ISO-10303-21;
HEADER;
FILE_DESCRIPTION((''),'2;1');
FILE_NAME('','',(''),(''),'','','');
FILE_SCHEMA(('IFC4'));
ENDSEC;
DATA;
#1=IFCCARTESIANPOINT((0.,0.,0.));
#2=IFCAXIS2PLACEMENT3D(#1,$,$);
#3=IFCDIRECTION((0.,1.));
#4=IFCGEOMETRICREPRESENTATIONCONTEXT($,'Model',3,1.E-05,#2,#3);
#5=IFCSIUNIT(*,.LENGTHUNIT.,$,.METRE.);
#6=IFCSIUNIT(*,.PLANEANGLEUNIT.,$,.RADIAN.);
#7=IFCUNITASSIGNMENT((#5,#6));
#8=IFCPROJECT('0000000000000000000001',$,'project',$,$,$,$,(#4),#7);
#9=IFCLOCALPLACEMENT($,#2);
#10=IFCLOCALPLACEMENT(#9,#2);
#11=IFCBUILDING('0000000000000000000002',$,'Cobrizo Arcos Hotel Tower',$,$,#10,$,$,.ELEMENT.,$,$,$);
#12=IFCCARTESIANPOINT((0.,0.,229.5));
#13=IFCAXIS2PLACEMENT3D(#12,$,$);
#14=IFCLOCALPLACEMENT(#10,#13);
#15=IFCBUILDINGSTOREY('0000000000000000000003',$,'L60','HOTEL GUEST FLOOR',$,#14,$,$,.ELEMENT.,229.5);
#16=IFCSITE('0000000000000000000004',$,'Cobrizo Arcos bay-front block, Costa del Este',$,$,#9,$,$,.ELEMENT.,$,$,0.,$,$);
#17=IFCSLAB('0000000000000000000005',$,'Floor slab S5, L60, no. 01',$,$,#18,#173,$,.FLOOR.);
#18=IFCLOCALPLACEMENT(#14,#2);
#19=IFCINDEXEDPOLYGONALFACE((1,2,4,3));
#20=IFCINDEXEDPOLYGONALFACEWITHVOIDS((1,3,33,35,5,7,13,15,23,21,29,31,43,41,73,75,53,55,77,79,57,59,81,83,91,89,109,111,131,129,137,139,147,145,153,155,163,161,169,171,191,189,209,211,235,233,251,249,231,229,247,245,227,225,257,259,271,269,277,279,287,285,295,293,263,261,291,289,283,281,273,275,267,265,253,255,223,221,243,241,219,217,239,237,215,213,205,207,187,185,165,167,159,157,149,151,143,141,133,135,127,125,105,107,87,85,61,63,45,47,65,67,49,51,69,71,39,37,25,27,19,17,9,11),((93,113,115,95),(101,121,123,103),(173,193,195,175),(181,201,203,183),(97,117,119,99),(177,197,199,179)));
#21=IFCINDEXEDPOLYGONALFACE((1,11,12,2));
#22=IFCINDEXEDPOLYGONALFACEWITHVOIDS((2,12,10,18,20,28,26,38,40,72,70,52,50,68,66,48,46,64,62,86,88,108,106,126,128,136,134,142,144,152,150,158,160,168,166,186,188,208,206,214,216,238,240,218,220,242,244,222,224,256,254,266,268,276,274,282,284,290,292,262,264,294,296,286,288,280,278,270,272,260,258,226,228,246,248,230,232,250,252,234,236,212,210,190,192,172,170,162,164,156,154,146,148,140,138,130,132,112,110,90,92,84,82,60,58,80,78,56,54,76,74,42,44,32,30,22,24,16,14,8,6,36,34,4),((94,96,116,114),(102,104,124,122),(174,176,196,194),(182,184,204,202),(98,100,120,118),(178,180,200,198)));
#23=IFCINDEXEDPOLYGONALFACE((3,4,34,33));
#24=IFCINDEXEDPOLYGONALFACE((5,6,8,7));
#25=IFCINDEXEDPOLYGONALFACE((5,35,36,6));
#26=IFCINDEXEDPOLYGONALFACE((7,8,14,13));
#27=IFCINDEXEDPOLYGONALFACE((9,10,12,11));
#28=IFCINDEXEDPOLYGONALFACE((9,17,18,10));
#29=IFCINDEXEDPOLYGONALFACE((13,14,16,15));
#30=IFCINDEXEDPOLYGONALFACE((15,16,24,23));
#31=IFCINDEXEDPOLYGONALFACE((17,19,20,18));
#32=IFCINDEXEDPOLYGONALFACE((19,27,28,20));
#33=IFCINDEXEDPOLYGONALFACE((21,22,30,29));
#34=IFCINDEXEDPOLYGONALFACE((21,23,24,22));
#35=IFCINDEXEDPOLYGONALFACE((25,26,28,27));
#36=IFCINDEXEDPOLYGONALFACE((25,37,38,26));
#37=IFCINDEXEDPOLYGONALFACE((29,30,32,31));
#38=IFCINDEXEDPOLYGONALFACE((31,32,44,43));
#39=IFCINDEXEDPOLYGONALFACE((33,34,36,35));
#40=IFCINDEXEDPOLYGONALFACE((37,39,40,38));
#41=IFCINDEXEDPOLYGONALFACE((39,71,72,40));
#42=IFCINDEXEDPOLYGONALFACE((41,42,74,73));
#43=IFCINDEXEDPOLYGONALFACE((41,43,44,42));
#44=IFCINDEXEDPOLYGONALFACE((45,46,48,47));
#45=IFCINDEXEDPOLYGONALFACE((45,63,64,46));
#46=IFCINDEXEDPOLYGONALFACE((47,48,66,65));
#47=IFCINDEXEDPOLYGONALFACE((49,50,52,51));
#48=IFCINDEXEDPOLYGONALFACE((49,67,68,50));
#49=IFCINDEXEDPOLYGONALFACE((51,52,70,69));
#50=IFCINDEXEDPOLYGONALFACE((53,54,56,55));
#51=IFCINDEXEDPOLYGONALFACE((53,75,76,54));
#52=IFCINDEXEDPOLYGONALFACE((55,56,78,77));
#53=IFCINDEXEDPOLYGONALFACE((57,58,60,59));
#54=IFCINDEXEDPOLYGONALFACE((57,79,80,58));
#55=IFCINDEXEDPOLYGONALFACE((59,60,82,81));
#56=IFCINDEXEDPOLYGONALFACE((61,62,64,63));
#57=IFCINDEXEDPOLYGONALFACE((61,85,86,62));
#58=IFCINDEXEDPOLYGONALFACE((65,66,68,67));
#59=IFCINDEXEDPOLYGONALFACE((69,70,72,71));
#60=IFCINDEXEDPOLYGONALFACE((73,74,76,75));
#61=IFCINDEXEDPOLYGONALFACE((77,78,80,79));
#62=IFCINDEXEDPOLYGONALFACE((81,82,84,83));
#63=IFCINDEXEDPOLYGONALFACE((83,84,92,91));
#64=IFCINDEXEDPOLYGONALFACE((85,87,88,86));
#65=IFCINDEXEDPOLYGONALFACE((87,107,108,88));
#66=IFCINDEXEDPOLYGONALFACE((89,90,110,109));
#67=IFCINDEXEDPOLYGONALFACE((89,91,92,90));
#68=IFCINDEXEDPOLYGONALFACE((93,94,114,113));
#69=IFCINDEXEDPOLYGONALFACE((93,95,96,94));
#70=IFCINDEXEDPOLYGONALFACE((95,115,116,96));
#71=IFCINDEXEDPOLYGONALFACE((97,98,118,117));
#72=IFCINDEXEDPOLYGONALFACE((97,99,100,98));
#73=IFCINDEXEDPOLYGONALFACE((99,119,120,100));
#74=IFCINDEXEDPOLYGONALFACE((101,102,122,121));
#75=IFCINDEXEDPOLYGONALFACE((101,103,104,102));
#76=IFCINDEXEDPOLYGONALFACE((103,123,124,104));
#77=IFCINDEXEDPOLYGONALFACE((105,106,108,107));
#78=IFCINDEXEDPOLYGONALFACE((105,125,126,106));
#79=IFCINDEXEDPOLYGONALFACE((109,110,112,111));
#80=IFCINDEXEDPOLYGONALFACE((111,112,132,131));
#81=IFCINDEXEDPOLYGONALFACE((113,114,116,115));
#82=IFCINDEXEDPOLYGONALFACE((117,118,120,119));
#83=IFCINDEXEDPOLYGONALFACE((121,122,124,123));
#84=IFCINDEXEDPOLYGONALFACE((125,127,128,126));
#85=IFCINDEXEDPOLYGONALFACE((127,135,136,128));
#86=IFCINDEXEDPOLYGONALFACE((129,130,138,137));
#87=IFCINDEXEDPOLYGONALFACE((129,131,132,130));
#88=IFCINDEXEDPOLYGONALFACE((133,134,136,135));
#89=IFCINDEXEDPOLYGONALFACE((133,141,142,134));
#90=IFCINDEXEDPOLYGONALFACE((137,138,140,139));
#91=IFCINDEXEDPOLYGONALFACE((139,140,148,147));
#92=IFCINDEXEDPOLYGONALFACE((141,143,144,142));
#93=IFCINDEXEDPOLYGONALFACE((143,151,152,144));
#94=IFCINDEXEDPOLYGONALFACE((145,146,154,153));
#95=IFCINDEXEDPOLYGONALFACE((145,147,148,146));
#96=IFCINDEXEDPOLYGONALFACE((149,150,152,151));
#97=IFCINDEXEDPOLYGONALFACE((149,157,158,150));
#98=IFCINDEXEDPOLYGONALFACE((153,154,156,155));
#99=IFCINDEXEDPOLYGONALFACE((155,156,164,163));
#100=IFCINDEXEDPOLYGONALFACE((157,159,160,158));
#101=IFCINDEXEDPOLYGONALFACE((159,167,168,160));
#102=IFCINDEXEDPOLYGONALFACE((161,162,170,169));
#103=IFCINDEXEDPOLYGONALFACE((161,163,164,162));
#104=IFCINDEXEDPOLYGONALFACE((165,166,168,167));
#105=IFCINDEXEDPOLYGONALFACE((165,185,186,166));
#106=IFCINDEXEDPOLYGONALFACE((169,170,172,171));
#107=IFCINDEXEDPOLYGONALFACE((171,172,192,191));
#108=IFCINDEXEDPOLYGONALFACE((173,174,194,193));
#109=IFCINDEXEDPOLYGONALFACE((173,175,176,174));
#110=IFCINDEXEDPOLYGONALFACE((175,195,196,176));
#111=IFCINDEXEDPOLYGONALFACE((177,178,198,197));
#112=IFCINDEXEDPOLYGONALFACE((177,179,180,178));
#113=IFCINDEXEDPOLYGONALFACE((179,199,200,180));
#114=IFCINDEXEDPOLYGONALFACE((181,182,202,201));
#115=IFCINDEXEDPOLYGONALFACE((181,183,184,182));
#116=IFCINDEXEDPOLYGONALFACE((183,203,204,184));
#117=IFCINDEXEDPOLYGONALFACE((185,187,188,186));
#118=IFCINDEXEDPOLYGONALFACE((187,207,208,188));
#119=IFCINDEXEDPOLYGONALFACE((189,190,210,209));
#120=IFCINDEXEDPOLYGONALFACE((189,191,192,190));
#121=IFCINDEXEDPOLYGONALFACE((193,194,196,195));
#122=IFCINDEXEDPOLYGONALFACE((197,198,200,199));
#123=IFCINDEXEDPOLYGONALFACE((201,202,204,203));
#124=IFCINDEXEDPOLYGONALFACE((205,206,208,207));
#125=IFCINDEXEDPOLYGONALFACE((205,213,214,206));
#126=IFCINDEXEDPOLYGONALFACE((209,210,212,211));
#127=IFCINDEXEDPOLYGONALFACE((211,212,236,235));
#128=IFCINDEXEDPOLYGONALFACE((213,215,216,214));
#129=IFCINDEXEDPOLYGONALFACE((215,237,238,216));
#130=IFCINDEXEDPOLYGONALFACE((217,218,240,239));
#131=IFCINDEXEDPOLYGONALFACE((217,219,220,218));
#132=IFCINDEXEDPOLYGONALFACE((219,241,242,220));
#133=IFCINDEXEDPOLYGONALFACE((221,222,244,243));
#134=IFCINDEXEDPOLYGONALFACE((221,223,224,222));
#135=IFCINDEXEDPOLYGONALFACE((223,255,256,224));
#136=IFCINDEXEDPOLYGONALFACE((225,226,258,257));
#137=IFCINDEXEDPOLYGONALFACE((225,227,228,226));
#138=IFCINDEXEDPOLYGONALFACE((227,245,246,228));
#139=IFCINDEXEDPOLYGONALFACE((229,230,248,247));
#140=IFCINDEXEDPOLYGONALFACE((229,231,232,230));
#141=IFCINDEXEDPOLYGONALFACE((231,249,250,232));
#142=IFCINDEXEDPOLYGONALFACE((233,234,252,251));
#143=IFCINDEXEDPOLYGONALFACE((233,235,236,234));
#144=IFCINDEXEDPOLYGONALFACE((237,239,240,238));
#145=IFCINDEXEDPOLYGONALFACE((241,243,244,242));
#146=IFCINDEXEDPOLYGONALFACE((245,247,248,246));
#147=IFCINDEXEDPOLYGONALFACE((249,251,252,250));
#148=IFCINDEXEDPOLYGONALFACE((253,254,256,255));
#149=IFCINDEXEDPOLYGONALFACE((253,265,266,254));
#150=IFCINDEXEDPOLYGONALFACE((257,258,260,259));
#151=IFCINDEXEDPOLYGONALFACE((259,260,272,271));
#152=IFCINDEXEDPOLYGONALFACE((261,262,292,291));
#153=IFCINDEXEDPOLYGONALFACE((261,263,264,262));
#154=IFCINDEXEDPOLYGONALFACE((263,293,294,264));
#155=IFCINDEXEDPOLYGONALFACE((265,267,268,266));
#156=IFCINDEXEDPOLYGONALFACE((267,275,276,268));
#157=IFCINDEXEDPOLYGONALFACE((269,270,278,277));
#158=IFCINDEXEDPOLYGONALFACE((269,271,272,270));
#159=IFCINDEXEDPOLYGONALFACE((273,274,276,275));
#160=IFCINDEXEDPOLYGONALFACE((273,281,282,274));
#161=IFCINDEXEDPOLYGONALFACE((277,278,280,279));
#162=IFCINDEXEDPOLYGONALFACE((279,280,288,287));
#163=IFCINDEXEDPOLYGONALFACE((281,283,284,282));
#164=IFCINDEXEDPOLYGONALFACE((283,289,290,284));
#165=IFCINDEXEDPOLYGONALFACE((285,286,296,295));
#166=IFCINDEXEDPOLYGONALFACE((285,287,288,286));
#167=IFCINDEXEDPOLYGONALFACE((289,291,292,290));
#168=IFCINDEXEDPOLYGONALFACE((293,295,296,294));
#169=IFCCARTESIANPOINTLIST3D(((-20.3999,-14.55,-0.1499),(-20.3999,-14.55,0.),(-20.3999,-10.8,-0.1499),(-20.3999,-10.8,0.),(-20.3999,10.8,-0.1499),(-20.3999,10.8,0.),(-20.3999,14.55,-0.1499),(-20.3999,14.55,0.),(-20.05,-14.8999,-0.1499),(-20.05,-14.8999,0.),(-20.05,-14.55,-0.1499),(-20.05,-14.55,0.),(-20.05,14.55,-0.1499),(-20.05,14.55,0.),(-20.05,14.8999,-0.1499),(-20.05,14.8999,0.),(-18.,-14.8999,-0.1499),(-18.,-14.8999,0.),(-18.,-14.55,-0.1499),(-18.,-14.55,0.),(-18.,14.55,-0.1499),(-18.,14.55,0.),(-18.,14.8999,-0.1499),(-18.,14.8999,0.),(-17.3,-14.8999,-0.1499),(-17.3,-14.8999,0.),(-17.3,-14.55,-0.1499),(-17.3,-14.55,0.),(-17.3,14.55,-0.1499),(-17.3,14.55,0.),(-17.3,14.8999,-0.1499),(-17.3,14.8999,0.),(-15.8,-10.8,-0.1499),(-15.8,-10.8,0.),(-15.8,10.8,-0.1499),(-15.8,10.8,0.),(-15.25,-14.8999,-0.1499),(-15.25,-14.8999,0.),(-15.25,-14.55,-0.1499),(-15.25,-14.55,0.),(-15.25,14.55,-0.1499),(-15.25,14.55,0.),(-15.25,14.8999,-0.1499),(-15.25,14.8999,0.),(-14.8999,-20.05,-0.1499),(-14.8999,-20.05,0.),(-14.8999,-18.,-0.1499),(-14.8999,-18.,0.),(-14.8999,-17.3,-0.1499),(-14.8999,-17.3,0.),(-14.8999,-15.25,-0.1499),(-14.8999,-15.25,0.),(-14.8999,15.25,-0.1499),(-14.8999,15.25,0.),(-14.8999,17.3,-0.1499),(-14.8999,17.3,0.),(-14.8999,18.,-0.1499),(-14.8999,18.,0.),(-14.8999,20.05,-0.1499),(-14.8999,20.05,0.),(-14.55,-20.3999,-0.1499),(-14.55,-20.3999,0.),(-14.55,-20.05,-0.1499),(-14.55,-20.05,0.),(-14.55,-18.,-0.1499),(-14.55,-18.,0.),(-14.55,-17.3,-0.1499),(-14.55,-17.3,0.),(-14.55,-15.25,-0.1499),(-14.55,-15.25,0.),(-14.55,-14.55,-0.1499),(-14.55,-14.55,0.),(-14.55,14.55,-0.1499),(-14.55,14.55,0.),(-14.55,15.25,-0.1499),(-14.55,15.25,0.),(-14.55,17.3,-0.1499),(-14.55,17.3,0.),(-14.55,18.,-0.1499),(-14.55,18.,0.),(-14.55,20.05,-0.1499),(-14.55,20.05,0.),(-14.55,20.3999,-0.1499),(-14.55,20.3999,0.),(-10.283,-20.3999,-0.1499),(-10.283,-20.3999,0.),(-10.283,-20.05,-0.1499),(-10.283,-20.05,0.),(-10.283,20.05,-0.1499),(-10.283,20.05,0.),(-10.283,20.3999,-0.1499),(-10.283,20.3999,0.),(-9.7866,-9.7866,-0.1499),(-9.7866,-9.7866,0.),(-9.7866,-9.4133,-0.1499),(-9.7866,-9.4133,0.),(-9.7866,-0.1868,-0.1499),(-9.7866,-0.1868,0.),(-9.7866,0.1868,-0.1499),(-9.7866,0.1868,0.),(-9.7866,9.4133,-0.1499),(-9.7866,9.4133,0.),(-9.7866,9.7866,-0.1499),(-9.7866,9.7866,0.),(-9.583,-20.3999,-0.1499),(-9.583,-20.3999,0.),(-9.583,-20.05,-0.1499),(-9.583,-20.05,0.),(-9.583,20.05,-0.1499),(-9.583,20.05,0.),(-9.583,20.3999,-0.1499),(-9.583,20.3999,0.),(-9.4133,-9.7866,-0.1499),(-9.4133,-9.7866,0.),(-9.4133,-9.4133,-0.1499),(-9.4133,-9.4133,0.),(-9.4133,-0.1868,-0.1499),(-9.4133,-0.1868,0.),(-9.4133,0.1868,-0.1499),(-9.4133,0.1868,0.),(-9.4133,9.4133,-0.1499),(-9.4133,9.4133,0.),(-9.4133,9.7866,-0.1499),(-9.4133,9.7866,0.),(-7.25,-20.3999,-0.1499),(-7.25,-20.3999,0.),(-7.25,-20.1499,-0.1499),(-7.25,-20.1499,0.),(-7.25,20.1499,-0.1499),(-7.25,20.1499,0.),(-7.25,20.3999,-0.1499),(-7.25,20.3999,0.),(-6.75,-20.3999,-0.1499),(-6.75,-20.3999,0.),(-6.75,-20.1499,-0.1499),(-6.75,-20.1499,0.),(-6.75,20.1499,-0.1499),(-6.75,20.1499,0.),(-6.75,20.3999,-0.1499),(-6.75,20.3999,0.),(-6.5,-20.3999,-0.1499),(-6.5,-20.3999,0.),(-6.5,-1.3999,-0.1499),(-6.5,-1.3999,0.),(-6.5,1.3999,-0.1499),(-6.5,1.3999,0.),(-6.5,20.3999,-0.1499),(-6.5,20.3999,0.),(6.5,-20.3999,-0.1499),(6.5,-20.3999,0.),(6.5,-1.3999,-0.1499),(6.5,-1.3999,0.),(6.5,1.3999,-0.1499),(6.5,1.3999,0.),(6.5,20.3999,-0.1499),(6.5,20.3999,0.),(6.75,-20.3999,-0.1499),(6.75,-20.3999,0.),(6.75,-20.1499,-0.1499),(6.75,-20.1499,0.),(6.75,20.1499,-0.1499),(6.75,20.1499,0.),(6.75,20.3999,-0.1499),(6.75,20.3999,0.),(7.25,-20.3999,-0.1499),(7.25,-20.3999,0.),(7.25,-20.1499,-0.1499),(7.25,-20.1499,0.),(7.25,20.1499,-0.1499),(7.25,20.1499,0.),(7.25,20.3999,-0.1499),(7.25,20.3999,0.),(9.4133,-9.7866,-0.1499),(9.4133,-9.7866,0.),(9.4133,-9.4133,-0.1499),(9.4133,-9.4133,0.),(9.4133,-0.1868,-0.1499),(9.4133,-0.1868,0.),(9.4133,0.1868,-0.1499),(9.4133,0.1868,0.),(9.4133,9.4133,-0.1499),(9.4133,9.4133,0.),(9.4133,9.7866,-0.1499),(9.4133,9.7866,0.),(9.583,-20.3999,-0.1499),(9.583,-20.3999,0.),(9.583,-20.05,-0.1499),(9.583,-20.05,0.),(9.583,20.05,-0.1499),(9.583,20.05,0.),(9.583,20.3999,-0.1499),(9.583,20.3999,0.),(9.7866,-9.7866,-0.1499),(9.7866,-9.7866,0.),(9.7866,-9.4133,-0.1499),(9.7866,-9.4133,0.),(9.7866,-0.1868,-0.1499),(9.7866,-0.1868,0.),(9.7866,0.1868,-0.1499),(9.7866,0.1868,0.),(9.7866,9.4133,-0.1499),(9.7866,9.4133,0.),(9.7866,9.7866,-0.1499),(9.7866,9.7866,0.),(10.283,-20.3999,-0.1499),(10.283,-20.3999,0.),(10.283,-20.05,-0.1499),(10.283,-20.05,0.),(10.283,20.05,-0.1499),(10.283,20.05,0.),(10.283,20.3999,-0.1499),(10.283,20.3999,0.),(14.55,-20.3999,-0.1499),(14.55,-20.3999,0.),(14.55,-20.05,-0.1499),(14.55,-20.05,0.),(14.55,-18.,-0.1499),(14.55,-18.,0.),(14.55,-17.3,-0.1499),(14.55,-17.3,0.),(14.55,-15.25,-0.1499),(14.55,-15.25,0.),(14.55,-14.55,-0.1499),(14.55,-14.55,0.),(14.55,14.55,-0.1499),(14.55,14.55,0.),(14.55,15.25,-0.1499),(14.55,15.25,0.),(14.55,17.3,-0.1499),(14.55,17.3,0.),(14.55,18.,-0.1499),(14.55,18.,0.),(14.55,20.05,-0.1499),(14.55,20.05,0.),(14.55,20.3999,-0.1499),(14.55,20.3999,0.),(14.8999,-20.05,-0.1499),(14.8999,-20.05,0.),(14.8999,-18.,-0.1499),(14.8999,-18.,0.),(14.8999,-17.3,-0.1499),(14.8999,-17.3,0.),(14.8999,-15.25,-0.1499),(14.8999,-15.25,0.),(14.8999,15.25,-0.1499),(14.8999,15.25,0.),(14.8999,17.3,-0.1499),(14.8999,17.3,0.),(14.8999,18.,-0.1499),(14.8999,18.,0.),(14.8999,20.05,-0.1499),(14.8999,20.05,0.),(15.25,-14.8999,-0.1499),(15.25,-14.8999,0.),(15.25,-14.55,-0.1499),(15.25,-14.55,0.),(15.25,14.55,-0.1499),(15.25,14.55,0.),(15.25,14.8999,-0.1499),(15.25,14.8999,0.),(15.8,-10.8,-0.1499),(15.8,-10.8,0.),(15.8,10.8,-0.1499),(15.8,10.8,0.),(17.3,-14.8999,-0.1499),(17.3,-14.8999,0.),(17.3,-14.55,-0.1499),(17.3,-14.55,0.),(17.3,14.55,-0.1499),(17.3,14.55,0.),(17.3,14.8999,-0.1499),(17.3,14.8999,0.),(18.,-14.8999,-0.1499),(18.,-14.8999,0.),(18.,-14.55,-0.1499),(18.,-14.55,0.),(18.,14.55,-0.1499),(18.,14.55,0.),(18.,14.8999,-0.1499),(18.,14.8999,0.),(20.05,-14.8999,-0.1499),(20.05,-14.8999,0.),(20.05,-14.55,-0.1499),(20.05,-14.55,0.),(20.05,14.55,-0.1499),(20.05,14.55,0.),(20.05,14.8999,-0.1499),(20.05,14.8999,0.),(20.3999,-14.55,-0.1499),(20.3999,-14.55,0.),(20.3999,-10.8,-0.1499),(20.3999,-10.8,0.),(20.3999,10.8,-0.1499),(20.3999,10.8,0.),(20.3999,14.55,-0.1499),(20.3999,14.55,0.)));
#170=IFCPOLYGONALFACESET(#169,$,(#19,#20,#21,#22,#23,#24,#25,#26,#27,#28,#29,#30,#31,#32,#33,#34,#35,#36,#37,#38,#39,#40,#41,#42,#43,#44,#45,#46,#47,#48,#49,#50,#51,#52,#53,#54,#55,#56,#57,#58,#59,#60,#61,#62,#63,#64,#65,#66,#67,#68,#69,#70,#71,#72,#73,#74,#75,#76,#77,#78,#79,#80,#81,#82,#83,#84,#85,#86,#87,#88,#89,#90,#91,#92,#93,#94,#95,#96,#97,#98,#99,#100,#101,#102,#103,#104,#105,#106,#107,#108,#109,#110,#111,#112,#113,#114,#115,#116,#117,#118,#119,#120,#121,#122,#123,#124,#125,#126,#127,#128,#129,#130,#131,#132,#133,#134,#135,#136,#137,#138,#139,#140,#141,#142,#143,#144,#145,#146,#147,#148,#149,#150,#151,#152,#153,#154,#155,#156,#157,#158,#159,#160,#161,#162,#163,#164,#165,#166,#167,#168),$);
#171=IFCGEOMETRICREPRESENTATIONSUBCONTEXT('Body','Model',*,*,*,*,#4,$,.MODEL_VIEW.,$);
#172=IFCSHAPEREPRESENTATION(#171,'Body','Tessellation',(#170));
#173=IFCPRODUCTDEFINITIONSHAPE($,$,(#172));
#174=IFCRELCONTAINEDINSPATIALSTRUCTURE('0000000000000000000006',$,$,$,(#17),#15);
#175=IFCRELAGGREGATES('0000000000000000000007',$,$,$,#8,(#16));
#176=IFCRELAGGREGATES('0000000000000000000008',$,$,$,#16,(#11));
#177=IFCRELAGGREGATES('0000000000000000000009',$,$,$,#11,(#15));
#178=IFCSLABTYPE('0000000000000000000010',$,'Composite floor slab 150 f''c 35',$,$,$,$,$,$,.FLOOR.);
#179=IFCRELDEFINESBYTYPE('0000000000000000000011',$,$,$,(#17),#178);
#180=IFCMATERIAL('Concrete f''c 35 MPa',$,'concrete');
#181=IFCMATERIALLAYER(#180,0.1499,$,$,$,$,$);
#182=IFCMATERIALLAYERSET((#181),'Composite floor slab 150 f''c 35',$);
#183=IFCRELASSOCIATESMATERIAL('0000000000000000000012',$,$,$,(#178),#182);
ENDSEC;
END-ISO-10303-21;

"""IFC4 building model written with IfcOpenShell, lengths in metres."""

from ifc_helpers import new_model, si_unit, direction, frame, origin, place, context, subcontext, project, spatial, polyline, outline, extrude, material, layer, layer_set, type_object, element, save


model = new_model("IFC4")

# Units and contexts
model_context = context("Model", 3, precision=1e-05, world=origin(), true_north=direction((0.0, 1.0)))
body_context = subcontext(model_context, "Body", "Model", "MODEL_VIEW")
ifc_project = project(units=[si_unit("LENGTHUNIT", "METRE"), si_unit("PLANEANGLEUNIT", "RADIAN")], contexts=[model_context])

# Site, building, storey
site_placement = place(None, origin())
site = spatial("IfcSite", under=ifc_project, at=site_placement, Name="Cobrizo Arcos bay-front block, Costa del Este", CompositionType="ELEMENT", RefElevation=0.0)
building_placement = place(site_placement, origin())
building = spatial("IfcBuilding", under=site, at=building_placement, Name="Cobrizo Arcos Hotel Tower", CompositionType="ELEMENT")
storey_placement = place(building_placement, frame((0.0, 0.0, 229.5)))
storey = spatial("IfcBuildingStorey", under=building, at=storey_placement, Name="L60", Description="HOTEL GUEST FLOOR", CompositionType="ELEMENT", Elevation=229.5)

# Slab
ifc_material_1 = material(Name="Concrete f'c 35 MPa", Category="concrete")
ifc_layer_1 = layer(ifc_material_1, 0.1499)
ifc_layer_set_1 = layer_set([ifc_layer_1], Name="Composite floor slab 150 f'c 35")
slab_type_1 = type_object("IfcSlabType", Name="Composite floor slab 150 f'c 35", PredefinedType="FLOOR", material=ifc_layer_set_1)
slab_1_placement = place(storey_placement, frame((0.0, 0.0, -0.1499)))
element("IfcSlab", 1, at=slab_1_placement, inside=storey, type_object=slab_type_1, Name="Floor slab S5, L60, no. 01", PredefinedType="FLOOR", context=body_context, shape_type="SweptSolid", body=[
    extrude(outline(polyline([(17.3, 14.8999), (17.3, 14.55), (18.0, 14.55), (18.0, 14.8999), (20.05, 14.8999), (20.05, 14.55), (20.3999, 14.55), (20.3999, 10.8), (15.8, 10.8), (15.8, -10.8), (20.3999, -10.8), (20.3999, -14.55), (20.05, -14.55), (20.05, -14.8999), (18.0, -14.8999), (18.0, -14.55), (17.3, -14.55), (17.3, -14.8999), (15.25, -14.8999), (15.25, -14.55), (14.55, -14.55), (14.55, -15.25), (14.8999, -15.25), (14.8999, -17.3), (14.55, -17.3), (14.55, -18.0), (14.8999, -18.0), (14.8999, -20.05), (14.55, -20.05), (14.55, -20.3999), (10.283, -20.3999), (10.283, -20.05), (9.583, -20.05), (9.583, -20.3999), (7.25, -20.3999), (7.25, -20.1499), (6.75, -20.1499), (6.75, -20.3999), (6.5, -20.3999), (6.5, -1.3999), (-6.5, -1.3999), (-6.5, -20.3999), (-6.75, -20.3999), (-6.75, -20.1499), (-7.25, -20.1499), (-7.25, -20.3999), (-9.583, -20.3999), (-9.583, -20.05), (-10.283, -20.05), (-10.283, -20.3999), (-14.55, -20.3999), (-14.55, -20.05), (-14.8999, -20.05), (-14.8999, -18.0), (-14.55, -18.0), (-14.55, -17.3), (-14.8999, -17.3), (-14.8999, -15.25), (-14.55, -15.25), (-14.55, -14.55), (-15.25, -14.55), (-15.25, -14.8999), (-17.3, -14.8999), (-17.3, -14.55), (-18.0, -14.55), (-18.0, -14.8999), (-20.05, -14.8999), (-20.05, -14.55), (-20.3999, -14.55), (-20.3999, -10.8), (-15.8, -10.8), (-15.8, 10.8), (-20.3999, 10.8), (-20.3999, 14.55), (-20.05, 14.55), (-20.05, 14.8999), (-18.0, 14.8999), (-18.0, 14.55), (-17.3, 14.55), (-17.3, 14.8999), (-15.25, 14.8999), (-15.25, 14.55), (-14.55, 14.55), (-14.55, 15.25), (-14.8999, 15.25), (-14.8999, 17.3), (-14.55, 17.3), (-14.55, 18.0), (-14.8999, 18.0), (-14.8999, 20.05), (-14.55, 20.05), (-14.55, 20.3999), (-10.283, 20.3999), (-10.283, 20.05), (-9.583, 20.05), (-9.583, 20.3999), (-7.25, 20.3999), (-7.25, 20.1499), (-6.75, 20.1499), (-6.75, 20.3999), (-6.5, 20.3999), (-6.5, 1.3999), (6.5, 1.3999), (6.5, 20.3999), (6.75, 20.3999), (6.75, 20.1499), (7.25, 20.1499), (7.25, 20.3999), (9.583, 20.3999), (9.583, 20.05), (10.283, 20.05), (10.283, 20.3999), (14.55, 20.3999), (14.55, 20.05), (14.8999, 20.05), (14.8999, 18.0), (14.55, 18.0), (14.55, 17.3), (14.8999, 17.3), (14.8999, 15.25), (14.55, 15.25), (14.55, 14.55), (15.25, 14.55), (15.25, 14.8999), (17.3, 14.8999)]), holes=[polyline([(-9.7866, -9.7866), (-9.4133, -9.7866), (-9.4133, -9.4133), (-9.7866, -9.4133), (-9.7866, -9.7866)]), polyline([(-9.4133, -0.1868), (-9.4133, 0.1868), (-9.7866, 0.1868), (-9.7866, -0.1868), (-9.4133, -0.1868)]), polyline([(-9.4133, 9.4133), (-9.4133, 9.7866), (-9.7866, 9.7866), (-9.7866, 9.4133), (-9.4133, 9.4133)]), polyline([(9.4133, -9.7866), (9.7866, -9.7866), (9.7866, -9.4133), (9.4133, -9.4133), (9.4133, -9.7866)]), polyline([(9.4133, -0.1868), (9.7866, -0.1868), (9.7866, 0.1868), (9.4133, 0.1868), (9.4133, -0.1868)]), polyline([(9.7866, 9.4133), (9.7866, 9.7866), (9.4133, 9.7866), (9.4133, 9.4133), (9.7866, 9.4133)])]), origin(), (0.0, 0.0, 1.0), 0.1499),
])

save(model, "model.ifc")
